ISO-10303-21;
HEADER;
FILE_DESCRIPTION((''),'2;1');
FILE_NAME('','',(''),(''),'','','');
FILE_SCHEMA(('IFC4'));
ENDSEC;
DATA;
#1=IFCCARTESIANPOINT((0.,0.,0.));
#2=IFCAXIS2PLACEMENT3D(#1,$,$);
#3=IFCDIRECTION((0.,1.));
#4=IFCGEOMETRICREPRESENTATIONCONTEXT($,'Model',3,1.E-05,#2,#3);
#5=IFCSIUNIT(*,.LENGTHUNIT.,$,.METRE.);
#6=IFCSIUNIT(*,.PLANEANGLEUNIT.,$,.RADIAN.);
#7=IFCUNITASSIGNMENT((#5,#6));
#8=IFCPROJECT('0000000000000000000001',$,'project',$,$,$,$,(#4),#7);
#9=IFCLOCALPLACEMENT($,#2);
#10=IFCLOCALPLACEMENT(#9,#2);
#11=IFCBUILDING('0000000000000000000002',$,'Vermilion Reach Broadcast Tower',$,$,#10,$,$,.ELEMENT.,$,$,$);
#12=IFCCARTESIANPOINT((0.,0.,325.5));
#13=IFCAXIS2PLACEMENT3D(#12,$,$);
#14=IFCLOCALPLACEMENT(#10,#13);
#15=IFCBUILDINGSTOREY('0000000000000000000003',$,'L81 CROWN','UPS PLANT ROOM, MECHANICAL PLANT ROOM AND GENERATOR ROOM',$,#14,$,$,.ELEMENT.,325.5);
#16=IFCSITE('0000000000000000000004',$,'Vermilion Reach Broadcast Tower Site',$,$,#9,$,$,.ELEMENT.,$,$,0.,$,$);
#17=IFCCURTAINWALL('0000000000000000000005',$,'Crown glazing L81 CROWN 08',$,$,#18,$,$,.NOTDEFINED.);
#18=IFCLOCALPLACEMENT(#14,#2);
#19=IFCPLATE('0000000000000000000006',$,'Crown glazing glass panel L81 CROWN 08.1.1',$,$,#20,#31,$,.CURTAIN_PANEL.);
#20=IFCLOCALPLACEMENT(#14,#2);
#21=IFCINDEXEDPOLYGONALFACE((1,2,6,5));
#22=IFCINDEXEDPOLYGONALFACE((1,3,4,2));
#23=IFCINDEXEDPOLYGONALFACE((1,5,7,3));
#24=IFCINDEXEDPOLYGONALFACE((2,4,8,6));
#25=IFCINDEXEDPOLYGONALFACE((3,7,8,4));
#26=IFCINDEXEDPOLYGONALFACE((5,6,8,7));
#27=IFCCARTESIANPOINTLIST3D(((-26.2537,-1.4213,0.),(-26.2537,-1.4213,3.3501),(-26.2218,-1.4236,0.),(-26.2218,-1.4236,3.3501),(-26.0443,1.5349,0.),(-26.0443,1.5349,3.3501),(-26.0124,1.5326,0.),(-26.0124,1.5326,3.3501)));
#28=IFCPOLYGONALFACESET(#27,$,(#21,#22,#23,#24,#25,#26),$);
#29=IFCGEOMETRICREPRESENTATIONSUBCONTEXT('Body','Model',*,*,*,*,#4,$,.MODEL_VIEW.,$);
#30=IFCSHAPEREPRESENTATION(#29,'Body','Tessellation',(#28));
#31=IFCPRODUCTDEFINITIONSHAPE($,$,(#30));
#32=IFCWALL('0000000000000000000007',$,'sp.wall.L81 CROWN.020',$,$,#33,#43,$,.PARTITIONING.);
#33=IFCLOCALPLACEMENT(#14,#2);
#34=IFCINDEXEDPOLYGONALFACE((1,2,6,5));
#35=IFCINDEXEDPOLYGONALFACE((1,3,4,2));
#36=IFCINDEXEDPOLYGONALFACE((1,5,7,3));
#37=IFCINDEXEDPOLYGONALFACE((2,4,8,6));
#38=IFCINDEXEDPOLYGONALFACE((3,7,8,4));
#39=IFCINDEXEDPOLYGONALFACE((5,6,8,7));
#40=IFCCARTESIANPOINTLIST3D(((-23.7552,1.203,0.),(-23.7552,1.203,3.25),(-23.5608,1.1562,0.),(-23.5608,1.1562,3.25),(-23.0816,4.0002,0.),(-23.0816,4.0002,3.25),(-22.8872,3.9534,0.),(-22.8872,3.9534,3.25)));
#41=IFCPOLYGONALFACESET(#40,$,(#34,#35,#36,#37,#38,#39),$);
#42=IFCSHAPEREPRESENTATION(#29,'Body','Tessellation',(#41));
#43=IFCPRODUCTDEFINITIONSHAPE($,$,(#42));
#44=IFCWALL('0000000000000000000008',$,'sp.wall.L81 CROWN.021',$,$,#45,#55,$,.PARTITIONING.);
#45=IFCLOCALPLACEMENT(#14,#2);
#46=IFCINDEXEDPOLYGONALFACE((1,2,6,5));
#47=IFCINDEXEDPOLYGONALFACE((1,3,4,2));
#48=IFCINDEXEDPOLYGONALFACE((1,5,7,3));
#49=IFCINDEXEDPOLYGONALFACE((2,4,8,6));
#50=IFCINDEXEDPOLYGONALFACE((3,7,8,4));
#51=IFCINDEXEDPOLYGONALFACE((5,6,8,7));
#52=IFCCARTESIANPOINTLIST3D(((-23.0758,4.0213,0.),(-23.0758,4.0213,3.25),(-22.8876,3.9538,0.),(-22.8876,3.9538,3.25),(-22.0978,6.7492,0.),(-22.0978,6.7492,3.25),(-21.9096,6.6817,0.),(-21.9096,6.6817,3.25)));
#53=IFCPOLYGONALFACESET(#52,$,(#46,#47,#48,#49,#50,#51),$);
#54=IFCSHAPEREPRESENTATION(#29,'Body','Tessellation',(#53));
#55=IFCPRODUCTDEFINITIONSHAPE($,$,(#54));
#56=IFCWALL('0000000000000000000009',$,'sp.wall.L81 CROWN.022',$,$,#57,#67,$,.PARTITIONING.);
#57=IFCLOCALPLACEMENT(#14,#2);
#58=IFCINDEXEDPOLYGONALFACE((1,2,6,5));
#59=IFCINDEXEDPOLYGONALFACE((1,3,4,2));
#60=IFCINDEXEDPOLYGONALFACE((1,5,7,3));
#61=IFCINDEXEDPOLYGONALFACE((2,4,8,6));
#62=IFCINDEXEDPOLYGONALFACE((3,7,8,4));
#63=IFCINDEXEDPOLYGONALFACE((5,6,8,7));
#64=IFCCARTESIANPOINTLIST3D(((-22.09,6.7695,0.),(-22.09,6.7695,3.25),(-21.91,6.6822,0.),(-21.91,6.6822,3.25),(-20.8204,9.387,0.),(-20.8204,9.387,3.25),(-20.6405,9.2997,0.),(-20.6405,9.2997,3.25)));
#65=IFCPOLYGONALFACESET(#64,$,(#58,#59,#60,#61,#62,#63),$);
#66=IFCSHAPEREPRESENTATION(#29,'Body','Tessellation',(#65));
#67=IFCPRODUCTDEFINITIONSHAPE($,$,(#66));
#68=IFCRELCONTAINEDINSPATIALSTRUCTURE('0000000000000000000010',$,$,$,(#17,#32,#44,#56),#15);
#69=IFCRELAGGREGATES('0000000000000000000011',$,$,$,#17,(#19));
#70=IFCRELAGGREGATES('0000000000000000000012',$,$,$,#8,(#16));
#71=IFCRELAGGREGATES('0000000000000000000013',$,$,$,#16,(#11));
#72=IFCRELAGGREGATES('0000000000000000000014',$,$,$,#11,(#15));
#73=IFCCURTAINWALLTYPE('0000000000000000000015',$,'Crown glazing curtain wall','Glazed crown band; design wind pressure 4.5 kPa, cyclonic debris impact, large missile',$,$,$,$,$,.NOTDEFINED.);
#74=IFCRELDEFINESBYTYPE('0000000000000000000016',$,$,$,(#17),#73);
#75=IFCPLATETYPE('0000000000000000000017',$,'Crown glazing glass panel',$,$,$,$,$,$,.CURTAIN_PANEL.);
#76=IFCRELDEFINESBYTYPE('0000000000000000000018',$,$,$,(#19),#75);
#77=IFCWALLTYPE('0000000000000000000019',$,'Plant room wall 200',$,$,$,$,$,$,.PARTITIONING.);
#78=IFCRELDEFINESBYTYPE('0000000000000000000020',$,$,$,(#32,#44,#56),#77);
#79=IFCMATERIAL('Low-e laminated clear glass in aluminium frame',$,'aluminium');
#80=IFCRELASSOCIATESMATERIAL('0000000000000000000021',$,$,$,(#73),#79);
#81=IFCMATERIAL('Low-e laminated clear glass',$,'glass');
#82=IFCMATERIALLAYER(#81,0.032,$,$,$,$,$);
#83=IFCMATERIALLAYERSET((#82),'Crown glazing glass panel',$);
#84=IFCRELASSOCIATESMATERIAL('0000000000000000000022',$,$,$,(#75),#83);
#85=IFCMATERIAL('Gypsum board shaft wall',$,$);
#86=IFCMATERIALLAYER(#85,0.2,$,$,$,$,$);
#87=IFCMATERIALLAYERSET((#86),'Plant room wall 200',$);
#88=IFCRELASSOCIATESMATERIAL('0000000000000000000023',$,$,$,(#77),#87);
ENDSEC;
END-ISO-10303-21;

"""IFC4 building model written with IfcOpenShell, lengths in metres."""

from ifc_helpers import new_model, si_unit, direction, frame, frame_2d, origin, origin_2d, place, context, subcontext, project, spatial, rectangle, extrude, material, layer, layer_set, type_object, element, aggregate, save


model = new_model("IFC4")

# Units and contexts
model_context = context("Model", 3, precision=1e-05, world=origin(), true_north=direction((0.0, 1.0)))
body_context = subcontext(model_context, "Body", "Model", "MODEL_VIEW")
ifc_project = project(units=[si_unit("LENGTHUNIT", "METRE"), si_unit("PLANEANGLEUNIT", "RADIAN")], contexts=[model_context])

# Site, building, storey
site_placement = place(None, origin())
site = spatial("IfcSite", under=ifc_project, at=site_placement, Name="Vermilion Reach Broadcast Tower Site", CompositionType="ELEMENT", RefElevation=0.0)
building_placement = place(site_placement, origin())
building = spatial("IfcBuilding", under=site, at=building_placement, Name="Vermilion Reach Broadcast Tower", CompositionType="ELEMENT")
storey_placement = place(building_placement, frame((0.0, 0.0, 325.5)))
storey = spatial("IfcBuildingStorey", under=building, at=storey_placement, Name="L81 CROWN", Description="UPS PLANT ROOM, MECHANICAL PLANT ROOM AND GENERATOR ROOM", CompositionType="ELEMENT", Elevation=325.5)

# Shared definitions
ifc_material_1 = material(Name="Low-e laminated clear glass in aluminium frame", Category="aluminium")
curtain_wall_type = type_object("IfcCurtainWallType", Name="Crown glazing curtain wall", Description="Glazed crown band; design wind pressure 4.5 kPa, cyclonic debris impact, large missile", PredefinedType="NOTDEFINED", material=ifc_material_1)
placement = place(storey_placement, origin())

# Curtain wall
curtain_wall_1 = element("IfcCurtainWall", 1, at=placement, inside=storey, type_object=curtain_wall_type, Name="Crown glazing L81 CROWN 08", PredefinedType="NOTDEFINED")

# Plate
ifc_material_2 = material(Name="Low-e laminated clear glass", Category="glass")
ifc_layer_1 = layer(ifc_material_2, 0.032)
ifc_layer_set_1 = layer_set([ifc_layer_1], Name="Crown glazing glass panel")
plate_type = type_object("IfcPlateType", Name="Crown glazing glass panel", PredefinedType="CURTAIN_PANEL", material=ifc_layer_set_1)
plate_1_placement = place(storey_placement, frame((-26.1331, 0.0557, 0.0), z_axis=(0.0, 0.0, 1.0), x_axis=(-0.070673, -0.9975, 0.0)))
plate_1 = element("IfcPlate", 2, at=plate_1_placement, type_object=plate_type, Name="Crown glazing glass panel L81 CROWN 08.1.1", PredefinedType="CURTAIN_PANEL", context=body_context, shape_type="SweptSolid", body=[
    extrude(rectangle(XDim=2.9636, YDim=0.032, at=origin_2d()), origin(), (0.0, 0.0, 1.0), 3.3501),
])
aggregate(curtain_wall_1, [plate_1])

# Walls
ifc_material_3 = material(Name="Gypsum board shaft wall")
ifc_layer_2 = layer(ifc_material_3, 0.2)
ifc_layer_set_2 = layer_set([ifc_layer_2], Name="Plant room wall 200")
wall_type = type_object("IfcWallType", Name="Plant room wall 200", PredefinedType="PARTITIONING", material=ifc_layer_set_2)
wall_1_placement = place(storey_placement, frame((-23.658, 1.1797, 0.0), z_axis=(0.0, 0.0, 1.0), x_axis=(0.234121, 0.972208, 0.0)))
element("IfcWall", 3, at=wall_1_placement, inside=storey, type_object=wall_type, Name="sp.wall.L81 CROWN.020", PredefinedType="PARTITIONING", context=body_context, shape_type="SweptSolid", body=[
    extrude(rectangle(XDim=2.8772, YDim=0.2, at=frame_2d((1.4385, 0.0))), origin(), (0.0, 0.0, 1.0), 3.25),
])
wall_2_placement = place(storey_placement, frame((-22.9817, 3.9875, 0.0), z_axis=(0.0, 0.0, 1.0), x_axis=(0.337478, 0.941333, 0.0)))
element("IfcWall", 4, at=wall_2_placement, inside=storey, type_object=wall_type, Name="sp.wall.L81 CROWN.021", PredefinedType="PARTITIONING", context=body_context, shape_type="SweptSolid", body=[
    extrude(rectangle(XDim=2.8979, YDim=0.2, at=frame_2d((1.449, 0.0))), origin(), (0.0, 0.0, 1.0), 3.25),
])
wall_3_placement = place(storey_placement, frame((-22.0, 6.7258, 0.0), z_axis=(0.0, 0.0, 1.0), x_axis=(0.436405, 0.89975, 0.0)))
element("IfcWall", 5, at=wall_3_placement, inside=storey, type_object=wall_type, Name="sp.wall.L81 CROWN.022", PredefinedType="PARTITIONING", context=body_context, shape_type="SweptSolid", body=[
    extrude(rectangle(XDim=2.9092, YDim=0.2, at=frame_2d((1.4546, 0.0))), origin(), (0.0, 0.0, 1.0), 3.25),
])

save(model, "model.ifc")
